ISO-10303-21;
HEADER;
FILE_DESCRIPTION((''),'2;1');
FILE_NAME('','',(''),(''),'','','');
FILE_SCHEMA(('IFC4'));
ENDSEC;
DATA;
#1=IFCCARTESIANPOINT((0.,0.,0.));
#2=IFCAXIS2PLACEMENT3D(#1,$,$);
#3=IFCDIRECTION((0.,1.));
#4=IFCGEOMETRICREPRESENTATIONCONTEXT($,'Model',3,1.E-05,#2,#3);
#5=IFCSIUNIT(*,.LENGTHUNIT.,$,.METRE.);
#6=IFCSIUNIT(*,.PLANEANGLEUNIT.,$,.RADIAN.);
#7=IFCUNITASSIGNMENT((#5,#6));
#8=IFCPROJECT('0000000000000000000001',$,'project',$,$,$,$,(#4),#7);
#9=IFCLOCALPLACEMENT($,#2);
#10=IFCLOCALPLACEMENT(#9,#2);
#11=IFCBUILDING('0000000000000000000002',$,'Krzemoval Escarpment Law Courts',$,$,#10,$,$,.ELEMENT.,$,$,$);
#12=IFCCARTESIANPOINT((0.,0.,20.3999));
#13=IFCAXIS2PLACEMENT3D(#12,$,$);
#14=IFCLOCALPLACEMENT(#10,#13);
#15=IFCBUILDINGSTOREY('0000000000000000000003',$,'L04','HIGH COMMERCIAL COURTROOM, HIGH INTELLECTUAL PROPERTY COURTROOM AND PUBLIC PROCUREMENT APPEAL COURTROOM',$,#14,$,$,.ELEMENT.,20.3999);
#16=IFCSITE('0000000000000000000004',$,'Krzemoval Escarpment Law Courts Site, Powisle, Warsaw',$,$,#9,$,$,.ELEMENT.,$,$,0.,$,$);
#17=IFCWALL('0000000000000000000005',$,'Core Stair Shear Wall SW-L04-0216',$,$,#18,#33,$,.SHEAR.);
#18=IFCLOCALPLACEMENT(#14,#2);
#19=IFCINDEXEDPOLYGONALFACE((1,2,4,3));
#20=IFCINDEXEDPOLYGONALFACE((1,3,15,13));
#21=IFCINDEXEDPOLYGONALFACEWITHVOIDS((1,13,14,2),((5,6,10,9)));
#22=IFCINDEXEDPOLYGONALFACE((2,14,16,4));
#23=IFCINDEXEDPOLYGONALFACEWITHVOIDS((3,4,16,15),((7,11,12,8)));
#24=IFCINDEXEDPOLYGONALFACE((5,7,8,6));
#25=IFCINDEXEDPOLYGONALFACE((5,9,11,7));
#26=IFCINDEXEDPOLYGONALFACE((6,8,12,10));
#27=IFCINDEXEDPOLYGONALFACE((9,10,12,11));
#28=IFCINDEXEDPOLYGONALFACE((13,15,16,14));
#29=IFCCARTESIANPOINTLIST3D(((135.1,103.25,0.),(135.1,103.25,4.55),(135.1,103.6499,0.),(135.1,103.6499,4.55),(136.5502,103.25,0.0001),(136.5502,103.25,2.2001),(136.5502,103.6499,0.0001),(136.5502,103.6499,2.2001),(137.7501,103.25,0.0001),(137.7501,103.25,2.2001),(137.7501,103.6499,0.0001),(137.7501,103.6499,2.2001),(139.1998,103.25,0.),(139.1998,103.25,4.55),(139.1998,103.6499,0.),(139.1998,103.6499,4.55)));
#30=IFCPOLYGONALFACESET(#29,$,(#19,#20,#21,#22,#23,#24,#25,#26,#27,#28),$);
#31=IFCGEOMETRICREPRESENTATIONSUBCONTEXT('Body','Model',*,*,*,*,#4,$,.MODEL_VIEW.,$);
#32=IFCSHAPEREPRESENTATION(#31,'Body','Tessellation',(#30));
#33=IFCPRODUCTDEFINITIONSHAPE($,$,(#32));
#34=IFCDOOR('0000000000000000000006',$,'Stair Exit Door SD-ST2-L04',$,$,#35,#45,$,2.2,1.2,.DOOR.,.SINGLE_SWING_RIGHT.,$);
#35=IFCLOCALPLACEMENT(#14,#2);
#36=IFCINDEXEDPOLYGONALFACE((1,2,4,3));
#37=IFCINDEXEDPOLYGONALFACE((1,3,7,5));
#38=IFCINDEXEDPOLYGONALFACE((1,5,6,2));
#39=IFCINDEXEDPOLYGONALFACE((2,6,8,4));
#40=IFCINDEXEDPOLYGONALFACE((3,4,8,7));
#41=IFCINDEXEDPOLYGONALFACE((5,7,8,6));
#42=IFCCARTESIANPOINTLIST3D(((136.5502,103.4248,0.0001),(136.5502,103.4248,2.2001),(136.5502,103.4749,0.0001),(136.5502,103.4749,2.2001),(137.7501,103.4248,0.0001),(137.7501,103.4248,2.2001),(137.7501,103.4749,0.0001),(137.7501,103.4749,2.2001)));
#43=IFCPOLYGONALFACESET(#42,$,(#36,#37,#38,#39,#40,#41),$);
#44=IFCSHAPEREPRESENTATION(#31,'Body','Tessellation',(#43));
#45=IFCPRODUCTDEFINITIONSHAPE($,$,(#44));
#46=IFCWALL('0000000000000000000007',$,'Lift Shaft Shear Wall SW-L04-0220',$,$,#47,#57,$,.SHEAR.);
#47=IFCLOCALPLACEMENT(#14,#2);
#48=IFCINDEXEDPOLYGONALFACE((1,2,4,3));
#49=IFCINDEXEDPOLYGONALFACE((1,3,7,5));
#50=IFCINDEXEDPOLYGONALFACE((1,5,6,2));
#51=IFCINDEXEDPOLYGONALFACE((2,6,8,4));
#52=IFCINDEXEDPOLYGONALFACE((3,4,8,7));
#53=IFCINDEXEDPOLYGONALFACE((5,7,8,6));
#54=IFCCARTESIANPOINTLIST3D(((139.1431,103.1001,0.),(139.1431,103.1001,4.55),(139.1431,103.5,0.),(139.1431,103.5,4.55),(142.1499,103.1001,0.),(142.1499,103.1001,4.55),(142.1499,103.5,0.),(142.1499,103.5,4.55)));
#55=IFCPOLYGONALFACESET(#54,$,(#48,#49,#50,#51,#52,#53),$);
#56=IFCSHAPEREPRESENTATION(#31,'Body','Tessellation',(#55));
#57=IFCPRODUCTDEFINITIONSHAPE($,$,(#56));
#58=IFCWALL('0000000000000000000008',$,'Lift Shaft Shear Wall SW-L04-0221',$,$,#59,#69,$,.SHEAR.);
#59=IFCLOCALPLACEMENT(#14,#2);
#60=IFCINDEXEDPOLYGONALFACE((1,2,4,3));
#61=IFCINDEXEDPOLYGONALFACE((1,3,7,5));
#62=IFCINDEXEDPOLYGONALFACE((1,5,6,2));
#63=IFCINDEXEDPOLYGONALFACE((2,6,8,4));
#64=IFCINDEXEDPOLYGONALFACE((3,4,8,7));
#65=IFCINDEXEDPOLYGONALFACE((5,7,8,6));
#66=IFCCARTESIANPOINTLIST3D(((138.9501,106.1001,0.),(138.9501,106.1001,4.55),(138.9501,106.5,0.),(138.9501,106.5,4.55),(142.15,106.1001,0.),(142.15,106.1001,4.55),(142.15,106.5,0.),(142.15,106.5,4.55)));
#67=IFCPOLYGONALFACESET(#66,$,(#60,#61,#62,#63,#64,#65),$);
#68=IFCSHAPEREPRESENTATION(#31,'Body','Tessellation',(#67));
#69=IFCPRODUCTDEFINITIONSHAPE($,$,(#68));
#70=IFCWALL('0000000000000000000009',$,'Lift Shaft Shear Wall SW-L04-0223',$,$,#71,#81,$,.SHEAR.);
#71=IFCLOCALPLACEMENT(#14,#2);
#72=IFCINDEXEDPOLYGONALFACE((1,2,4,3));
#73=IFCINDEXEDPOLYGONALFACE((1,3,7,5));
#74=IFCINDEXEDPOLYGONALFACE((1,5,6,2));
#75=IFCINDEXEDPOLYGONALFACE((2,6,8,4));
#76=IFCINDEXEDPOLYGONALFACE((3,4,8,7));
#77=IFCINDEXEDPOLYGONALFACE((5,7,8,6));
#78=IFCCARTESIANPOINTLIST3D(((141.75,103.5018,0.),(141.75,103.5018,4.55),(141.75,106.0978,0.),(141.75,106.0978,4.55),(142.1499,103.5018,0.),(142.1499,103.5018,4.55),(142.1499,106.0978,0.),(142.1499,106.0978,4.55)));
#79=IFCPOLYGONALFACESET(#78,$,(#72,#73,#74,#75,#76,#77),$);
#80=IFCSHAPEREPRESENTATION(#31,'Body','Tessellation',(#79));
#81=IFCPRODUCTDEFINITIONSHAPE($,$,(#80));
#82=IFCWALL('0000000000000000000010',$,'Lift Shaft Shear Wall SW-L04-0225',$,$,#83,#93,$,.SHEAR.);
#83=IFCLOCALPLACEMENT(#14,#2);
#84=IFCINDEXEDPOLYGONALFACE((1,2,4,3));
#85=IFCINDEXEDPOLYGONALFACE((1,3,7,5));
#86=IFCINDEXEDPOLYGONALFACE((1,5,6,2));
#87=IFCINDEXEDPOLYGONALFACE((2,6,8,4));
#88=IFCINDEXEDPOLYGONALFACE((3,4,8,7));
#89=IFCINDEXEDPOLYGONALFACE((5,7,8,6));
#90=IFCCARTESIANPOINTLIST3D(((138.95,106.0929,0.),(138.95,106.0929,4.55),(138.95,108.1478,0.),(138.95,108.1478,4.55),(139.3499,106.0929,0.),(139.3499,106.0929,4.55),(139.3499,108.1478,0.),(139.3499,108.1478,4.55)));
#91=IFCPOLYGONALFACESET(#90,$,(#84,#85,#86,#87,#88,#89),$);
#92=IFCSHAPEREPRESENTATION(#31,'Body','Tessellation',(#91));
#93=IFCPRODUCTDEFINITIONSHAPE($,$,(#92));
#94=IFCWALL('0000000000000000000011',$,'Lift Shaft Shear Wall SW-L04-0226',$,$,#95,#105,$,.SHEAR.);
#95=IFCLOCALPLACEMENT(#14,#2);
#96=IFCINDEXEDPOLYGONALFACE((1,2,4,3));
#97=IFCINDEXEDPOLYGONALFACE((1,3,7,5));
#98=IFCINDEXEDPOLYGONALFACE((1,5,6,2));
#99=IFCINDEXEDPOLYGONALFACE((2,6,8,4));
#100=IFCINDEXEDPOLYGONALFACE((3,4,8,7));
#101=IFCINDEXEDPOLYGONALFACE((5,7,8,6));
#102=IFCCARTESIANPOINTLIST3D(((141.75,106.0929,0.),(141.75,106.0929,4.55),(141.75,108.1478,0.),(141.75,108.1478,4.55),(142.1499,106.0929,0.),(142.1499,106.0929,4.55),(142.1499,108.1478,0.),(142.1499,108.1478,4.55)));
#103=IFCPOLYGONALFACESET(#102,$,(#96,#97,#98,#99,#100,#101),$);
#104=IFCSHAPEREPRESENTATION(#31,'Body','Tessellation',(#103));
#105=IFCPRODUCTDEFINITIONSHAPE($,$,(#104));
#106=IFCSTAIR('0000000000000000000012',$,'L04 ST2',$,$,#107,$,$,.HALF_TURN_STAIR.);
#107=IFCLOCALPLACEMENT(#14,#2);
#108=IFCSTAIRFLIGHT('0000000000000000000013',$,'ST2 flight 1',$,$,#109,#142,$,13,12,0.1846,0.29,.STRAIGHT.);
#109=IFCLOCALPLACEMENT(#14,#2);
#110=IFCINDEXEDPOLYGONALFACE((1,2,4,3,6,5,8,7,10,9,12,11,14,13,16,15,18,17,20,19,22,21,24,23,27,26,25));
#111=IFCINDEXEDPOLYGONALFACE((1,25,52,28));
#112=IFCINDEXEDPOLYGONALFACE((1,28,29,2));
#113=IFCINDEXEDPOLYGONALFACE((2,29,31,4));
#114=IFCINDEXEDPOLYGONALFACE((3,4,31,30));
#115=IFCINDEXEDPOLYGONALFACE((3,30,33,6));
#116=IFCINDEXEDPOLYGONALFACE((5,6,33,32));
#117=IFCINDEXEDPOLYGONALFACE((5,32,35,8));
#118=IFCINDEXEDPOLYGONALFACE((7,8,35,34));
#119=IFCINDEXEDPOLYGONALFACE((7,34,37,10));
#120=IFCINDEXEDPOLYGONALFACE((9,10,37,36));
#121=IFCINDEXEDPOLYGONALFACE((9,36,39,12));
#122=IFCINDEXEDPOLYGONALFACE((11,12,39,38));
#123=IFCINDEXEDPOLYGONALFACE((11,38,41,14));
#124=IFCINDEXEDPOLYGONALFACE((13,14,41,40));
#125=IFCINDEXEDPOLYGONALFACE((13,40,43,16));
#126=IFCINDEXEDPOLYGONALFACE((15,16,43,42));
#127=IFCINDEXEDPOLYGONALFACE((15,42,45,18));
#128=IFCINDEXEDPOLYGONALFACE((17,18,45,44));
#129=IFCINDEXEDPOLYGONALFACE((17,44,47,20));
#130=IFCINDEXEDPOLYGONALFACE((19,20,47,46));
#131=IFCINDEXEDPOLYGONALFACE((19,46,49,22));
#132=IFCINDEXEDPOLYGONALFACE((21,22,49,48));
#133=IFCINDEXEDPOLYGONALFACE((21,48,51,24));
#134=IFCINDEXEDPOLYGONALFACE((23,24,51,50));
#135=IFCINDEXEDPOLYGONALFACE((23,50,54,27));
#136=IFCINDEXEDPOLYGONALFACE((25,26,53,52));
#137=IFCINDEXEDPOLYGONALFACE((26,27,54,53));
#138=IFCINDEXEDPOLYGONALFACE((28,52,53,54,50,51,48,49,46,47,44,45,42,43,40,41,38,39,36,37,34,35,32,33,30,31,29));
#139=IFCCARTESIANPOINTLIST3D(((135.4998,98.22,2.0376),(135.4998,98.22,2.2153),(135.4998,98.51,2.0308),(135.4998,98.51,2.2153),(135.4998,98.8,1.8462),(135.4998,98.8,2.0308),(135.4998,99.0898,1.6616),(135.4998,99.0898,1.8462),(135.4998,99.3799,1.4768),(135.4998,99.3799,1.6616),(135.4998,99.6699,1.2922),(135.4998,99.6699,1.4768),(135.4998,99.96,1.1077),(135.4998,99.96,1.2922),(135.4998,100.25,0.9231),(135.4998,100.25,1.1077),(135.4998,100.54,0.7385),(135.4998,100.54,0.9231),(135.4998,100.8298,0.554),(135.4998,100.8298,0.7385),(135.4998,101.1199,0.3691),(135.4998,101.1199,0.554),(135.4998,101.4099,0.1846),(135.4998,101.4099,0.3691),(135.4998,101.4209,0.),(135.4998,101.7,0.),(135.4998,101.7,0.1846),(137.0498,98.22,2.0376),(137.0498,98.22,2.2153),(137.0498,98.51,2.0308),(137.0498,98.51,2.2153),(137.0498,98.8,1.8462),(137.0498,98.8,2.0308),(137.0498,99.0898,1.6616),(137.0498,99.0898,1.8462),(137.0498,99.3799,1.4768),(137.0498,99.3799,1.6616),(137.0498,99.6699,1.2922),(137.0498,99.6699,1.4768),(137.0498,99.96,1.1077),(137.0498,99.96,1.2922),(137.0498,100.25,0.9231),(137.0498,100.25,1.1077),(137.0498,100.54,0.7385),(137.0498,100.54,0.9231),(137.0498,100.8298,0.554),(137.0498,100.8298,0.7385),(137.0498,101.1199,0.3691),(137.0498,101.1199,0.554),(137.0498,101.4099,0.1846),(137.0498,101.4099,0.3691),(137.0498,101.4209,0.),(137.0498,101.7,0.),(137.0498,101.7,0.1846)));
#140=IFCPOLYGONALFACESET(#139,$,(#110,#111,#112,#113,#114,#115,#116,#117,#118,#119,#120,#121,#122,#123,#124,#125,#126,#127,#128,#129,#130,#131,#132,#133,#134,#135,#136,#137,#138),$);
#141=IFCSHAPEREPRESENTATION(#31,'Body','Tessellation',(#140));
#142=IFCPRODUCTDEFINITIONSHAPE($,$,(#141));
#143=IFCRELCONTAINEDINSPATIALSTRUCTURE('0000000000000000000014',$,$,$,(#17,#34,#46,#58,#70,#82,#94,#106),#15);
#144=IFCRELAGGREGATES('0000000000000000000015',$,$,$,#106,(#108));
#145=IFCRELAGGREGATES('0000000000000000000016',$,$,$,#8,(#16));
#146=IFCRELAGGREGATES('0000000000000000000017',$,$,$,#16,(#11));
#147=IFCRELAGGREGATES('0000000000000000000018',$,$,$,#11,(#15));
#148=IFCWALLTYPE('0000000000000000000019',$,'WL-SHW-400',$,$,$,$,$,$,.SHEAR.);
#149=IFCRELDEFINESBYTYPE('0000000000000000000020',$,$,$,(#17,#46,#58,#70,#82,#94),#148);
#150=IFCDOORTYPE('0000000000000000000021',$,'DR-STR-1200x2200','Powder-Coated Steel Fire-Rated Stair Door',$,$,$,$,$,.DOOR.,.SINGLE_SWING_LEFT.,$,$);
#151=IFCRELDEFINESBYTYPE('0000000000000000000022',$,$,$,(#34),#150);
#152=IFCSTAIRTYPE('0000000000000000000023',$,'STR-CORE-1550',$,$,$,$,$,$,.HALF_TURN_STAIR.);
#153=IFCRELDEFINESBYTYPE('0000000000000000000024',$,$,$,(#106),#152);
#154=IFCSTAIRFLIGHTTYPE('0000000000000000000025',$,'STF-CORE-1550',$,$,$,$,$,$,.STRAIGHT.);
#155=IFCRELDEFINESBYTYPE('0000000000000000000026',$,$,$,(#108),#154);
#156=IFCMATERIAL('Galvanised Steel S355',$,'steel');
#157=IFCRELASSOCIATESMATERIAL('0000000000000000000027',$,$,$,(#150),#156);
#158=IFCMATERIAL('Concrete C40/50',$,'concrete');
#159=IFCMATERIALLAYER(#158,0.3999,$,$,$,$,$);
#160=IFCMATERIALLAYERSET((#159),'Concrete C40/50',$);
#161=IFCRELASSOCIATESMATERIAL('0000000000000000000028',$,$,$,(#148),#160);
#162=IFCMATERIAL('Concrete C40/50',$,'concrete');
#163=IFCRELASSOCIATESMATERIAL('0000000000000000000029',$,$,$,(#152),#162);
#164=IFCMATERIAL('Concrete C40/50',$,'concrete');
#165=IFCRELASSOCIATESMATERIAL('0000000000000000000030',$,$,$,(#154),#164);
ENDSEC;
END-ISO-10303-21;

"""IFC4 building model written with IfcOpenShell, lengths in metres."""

from ifc_helpers import new_model, si_unit, direction, frame, frame_2d, origin, place, context, subcontext, project, spatial, polyline, rectangle, outline, extrude, material, layer, layer_set, type_object, element, fill, aggregate, save


model = new_model("IFC4")

# Units and contexts
model_context = context("Model", 3, precision=1e-05, world=origin(), true_north=direction((0.0, 1.0)))
body_context = subcontext(model_context, "Body", "Model", "MODEL_VIEW")
ifc_project = project(units=[si_unit("LENGTHUNIT", "METRE"), si_unit("PLANEANGLEUNIT", "RADIAN")], contexts=[model_context])

# Site, building, storey
site_placement = place(None, origin())
site = spatial("IfcSite", under=ifc_project, at=site_placement, Name="Krzemoval Escarpment Law Courts Site, Powisle, Warsaw", CompositionType="ELEMENT", RefElevation=0.0)
building_placement = place(site_placement, origin())
building = spatial("IfcBuilding", under=site, at=building_placement, Name="Krzemoval Escarpment Law Courts", CompositionType="ELEMENT")
storey_placement = place(building_placement, frame((0.0, 0.0, 20.3999)))
storey = spatial("IfcBuildingStorey", under=building, at=storey_placement, Name="L04", Description="HIGH COMMERCIAL COURTROOM, HIGH INTELLECTUAL PROPERTY COURTROOM AND PUBLIC PROCUREMENT APPEAL COURTROOM", CompositionType="ELEMENT", Elevation=20.3999)

# Wall, opening, door
ifc_material_1 = material(Name="Galvanised Steel S355", Category="steel")
door_type_1 = type_object("IfcDoorType", Name="DR-STR-1200x2200", Description="Powder-Coated Steel Fire-Rated Stair Door", OperationType="SINGLE_SWING_LEFT", PredefinedType="DOOR", material=ifc_material_1)
ifc_material_2 = material(Name="Concrete C40/50", Category="concrete")
ifc_layer_1 = layer(ifc_material_2, 0.3999)
ifc_layer_set_1 = layer_set([ifc_layer_1], Name="Concrete C40/50")
wall_type_1 = type_object("IfcWallType", Name="WL-SHW-400", PredefinedType="SHEAR", material=ifc_layer_set_1)
wall_1_placement = place(storey_placement, frame((135.1001, 103.45, 0.0), z_axis=(0.0, 0.0, 1.0), x_axis=(1.0, 0.0, 0.0)))
wall_1 = element("IfcWall", 1, at=wall_1_placement, inside=storey, type_object=wall_type_1, Name="Core Stair Shear Wall SW-L04-0216", PredefinedType="SHEAR", context=body_context, shape_type="SweptSolid", body=[
    extrude(rectangle(XDim=4.0999, YDim=0.3999, at=frame_2d((2.0498, 0.0))), origin(), (0.0, 0.0, 1.0), 4.55),
])
opening_1_placement = place(wall_1_placement, frame((1.45, 0.0, 0.0)))
opening_1 = element("IfcOpeningElement", 2, at=opening_1_placement, cuts=wall_1, PredefinedType="OPENING", context=body_context, shape_type="SweptSolid", body=[
    extrude(rectangle(XDim=1.2, YDim=2.2, at=frame_2d((0.6001, 1.1001))), frame((0.0, 0.215, 0.0), z_axis=(0.0, -1.0, 0.0), x_axis=(1.0, 0.0, 0.0)), (0.0, 0.0, 1.0), 0.4299),
])
door_1_placement = place(opening_1_placement, origin())
door_1 = element("IfcDoor", 3, at=door_1_placement, inside=storey, type_object=door_type_1, Name="Stair Exit Door SD-ST2-L04", OperationType="SINGLE_SWING_RIGHT", OverallHeight=2.2, OverallWidth=1.2, PredefinedType="DOOR", context=body_context, shape_type="SweptSolid", body=[
    extrude(rectangle(XDim=1.2, YDim=2.2, at=frame_2d((0.6001, 1.1001))), frame((0.0, 0.0249, 0.0), z_axis=(0.0, -1.0, 0.0), x_axis=(1.0, 0.0, 0.0)), (0.0, 0.0, 1.0), 0.05),
])
fill(opening_1, door_1)

# Walls
wall_2_placement = place(storey_placement, frame((139.1431, 103.3, 0.0), z_axis=(0.0, 0.0, 1.0), x_axis=(1.0, 0.0, 0.0)))
element("IfcWall", 4, at=wall_2_placement, inside=storey, type_object=wall_type_1, Name="Lift Shaft Shear Wall SW-L04-0220", PredefinedType="SHEAR", context=body_context, shape_type="SweptSolid", body=[
    extrude(rectangle(XDim=3.0068, YDim=0.3999, at=frame_2d((1.5034, 0.0))), origin(), (0.0, 0.0, 1.0), 4.55),
])
wall_3_placement = place(storey_placement, frame((138.95, 106.3, 0.0), z_axis=(0.0, 0.0, 1.0), x_axis=(1.0, 0.0, 0.0)))
element("IfcWall", 5, at=wall_3_placement, inside=storey, type_object=wall_type_1, Name="Lift Shaft Shear Wall SW-L04-0221", PredefinedType="SHEAR", context=body_context, shape_type="SweptSolid", body=[
    extrude(rectangle(XDim=3.2, YDim=0.3999, at=frame_2d((1.6001, 0.0))), origin(), (0.0, 0.0, 1.0), 4.55),
])

# Wall
wall_4_placement = place(storey_placement, frame((141.95, 103.502, 0.0), z_axis=(0.0, 0.0, 1.0), x_axis=(0.0, 1.0, 0.0)))
element("IfcWall", 6, at=wall_4_placement, inside=storey, type_object=wall_type_1, Name="Lift Shaft Shear Wall SW-L04-0223", PredefinedType="SHEAR", context=body_context, shape_type="SweptSolid", body=[
    extrude(rectangle(XDim=2.5959, YDim=0.3999, at=frame_2d((1.2979, 0.0))), origin(), (0.0, 0.0, 1.0), 4.55),
])

# Walls
for number, where, z_axis, x_axis, name in (
    (7, (139.1499, 106.093, 0.0), (0.0, 0.0, 1.0), (0.0, 1.0, 0.0), "Lift Shaft Shear Wall SW-L04-0225"),
    (8, (141.95, 106.093, 0.0), (0.0, 0.0, 1.0), (0.0, 1.0, 0.0), "Lift Shaft Shear Wall SW-L04-0226"),
):
    element("IfcWall", number, at=place(storey_placement, frame(where, z_axis=z_axis, x_axis=x_axis)), inside=storey, type_object=wall_type_1, Name=name, PredefinedType="SHEAR", context=body_context, shape_type="SweptSolid", body=[
        extrude(rectangle(XDim=2.0549, YDim=0.3999, at=frame_2d((1.0273, 0.0))), origin(), (0.0, 0.0, 1.0), 4.55),
    ])

# Stair, stair flight
ifc_material_3 = material(Name="Concrete C40/50", Category="concrete")
stair_type = type_object("IfcStairType", Name="STR-CORE-1550", PredefinedType="HALF_TURN_STAIR", material=ifc_material_3)
stair_placement = place(storey_placement, origin())
stair = element("IfcStair", 9, at=stair_placement, inside=storey, type_object=stair_type, Name="L04 ST2", PredefinedType="HALF_TURN_STAIR")
ifc_material_4 = material(Name="Concrete C40/50", Category="concrete")
stair_flight_type = type_object("IfcStairFlightType", Name="STF-CORE-1550", PredefinedType="STRAIGHT", material=ifc_material_4)
stair_flight_placement = place(storey_placement, frame((136.2749, 101.7, 0.0), z_axis=(0.0, 0.0, 1.0), x_axis=(0.0, -1.0, 0.0)))
stair_flight = element("IfcStairFlight", 10, at=stair_flight_placement, type_object=stair_flight_type, Name="ST2 flight 1", NumberOfRisers=13, NumberOfTreads=12, PredefinedType="STRAIGHT", RiserHeight=0.1846, TreadLength=0.29, context=body_context, shape_type="SweptSolid", body=[
    extrude(outline(polyline([(0.0, 0.0), (0.0, 0.1846), (0.29, 0.1846), (0.29, 0.3691), (0.5801, 0.3691), (0.5801, 0.554), (0.8701, 0.554), (0.8701, 0.7385), (1.1599, 0.7385), (1.1599, 0.9231), (1.45, 0.9231), (1.45, 1.1077), (1.74, 1.1077), (1.74, 1.2922), (2.03, 1.2922), (2.03, 1.4768), (2.3201, 1.4768), (2.3201, 1.6616), (2.6101, 1.6616), (2.6101, 1.8462), (2.8999, 1.8462), (2.8999, 2.0308), (3.1899, 2.0308), (3.1899, 2.2153), (3.48, 2.2153), (3.48, 2.3999), (3.48, 2.0376), (0.2791, 0.0), (0.0, 0.0)])), frame((0.0, 0.7749, 0.0), z_axis=(0.0, -1.0, 0.0), x_axis=(1.0, 0.0, 0.0)), (0.0, 0.0, 1.0), 1.55),
])
aggregate(stair, [stair_flight])

save(model, "model.ifc")
